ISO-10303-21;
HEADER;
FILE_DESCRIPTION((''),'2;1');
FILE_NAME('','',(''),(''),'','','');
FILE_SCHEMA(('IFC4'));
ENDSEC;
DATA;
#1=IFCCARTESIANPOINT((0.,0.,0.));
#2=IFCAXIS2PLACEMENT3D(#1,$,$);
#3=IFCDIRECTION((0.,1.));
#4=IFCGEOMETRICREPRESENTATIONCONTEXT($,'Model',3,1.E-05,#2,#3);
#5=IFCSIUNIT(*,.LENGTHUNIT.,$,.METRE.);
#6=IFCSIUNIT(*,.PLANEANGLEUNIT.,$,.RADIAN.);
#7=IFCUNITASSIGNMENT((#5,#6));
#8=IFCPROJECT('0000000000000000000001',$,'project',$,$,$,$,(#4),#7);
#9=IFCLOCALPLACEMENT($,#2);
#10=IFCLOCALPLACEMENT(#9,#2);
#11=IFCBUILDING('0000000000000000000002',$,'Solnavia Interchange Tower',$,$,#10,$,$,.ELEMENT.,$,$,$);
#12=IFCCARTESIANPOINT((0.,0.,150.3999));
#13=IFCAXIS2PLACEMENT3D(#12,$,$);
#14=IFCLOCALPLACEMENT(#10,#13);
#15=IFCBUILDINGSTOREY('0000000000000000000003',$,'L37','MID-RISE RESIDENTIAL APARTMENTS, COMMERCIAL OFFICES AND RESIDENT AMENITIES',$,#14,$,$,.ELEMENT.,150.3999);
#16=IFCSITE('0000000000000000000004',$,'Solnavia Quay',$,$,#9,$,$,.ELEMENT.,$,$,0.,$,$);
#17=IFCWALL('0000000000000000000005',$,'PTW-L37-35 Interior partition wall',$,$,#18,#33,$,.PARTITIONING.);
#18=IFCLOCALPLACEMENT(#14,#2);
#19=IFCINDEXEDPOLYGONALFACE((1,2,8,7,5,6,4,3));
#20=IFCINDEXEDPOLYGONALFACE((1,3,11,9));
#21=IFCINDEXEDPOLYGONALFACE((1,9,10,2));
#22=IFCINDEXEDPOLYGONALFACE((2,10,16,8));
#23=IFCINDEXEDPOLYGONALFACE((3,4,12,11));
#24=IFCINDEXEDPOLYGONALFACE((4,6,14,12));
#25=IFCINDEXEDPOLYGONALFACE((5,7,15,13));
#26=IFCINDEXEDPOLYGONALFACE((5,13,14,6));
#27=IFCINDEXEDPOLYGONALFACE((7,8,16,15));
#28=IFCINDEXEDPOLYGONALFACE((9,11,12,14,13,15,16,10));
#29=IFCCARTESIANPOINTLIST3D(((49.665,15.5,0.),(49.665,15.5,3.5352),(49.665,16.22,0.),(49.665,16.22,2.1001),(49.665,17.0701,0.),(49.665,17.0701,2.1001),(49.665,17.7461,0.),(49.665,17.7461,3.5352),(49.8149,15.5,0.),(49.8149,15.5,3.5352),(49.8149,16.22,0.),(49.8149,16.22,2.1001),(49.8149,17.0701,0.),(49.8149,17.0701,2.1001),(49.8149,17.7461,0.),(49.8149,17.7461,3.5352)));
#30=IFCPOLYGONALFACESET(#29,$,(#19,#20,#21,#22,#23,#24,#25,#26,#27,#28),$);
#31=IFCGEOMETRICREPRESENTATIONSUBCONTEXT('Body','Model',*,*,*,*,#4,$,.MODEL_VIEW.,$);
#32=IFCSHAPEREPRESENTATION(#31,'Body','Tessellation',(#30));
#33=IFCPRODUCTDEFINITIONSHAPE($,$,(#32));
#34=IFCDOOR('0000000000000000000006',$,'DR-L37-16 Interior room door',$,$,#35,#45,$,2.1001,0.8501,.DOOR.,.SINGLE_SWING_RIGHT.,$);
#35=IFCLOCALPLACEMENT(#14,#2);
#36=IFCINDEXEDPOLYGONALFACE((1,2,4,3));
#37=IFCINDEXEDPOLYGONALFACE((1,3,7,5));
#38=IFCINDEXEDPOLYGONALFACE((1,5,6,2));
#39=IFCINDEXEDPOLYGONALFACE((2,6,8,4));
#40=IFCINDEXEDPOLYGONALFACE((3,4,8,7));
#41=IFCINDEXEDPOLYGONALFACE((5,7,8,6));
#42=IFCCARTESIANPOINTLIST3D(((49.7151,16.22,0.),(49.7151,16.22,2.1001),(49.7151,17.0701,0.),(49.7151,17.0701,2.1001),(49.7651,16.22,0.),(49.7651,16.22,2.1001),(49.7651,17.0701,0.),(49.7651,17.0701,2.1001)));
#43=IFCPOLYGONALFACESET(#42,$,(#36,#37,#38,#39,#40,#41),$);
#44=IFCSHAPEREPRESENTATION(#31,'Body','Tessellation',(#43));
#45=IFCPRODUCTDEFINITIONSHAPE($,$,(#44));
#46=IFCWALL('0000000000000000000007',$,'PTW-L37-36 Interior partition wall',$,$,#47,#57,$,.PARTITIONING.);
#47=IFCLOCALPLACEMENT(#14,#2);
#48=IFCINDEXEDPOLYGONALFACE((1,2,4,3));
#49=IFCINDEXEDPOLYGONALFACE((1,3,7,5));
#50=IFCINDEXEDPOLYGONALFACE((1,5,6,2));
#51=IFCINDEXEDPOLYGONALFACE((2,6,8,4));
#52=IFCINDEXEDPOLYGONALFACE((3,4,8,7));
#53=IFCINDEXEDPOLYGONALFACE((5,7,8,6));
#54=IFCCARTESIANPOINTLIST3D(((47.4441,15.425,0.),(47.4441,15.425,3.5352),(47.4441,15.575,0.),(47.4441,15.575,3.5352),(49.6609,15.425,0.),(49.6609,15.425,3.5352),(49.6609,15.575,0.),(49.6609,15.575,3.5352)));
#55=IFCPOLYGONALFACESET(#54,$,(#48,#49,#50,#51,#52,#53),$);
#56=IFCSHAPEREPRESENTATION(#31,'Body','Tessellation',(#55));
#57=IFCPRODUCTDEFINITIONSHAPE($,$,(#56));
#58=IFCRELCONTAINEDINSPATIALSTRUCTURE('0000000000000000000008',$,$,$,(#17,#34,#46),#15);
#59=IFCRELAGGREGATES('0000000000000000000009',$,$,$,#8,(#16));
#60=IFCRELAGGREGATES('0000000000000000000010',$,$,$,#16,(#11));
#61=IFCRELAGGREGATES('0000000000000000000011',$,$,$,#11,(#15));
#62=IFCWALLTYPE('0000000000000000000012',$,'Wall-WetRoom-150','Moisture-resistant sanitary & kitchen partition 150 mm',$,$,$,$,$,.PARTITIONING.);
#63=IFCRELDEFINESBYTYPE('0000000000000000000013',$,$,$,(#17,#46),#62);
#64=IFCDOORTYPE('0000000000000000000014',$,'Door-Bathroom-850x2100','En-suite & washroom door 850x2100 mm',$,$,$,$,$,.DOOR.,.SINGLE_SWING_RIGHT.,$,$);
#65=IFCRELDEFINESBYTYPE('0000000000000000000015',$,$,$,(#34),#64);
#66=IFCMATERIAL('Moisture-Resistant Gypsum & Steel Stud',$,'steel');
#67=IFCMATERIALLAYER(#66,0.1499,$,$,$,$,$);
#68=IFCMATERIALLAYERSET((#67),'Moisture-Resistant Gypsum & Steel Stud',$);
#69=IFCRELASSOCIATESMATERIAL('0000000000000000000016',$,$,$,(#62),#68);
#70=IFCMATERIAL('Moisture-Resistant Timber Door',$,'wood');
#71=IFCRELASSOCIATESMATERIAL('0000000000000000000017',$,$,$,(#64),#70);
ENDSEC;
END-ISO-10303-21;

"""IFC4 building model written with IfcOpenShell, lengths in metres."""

from ifc_helpers import new_model, si_unit, direction, frame, frame_2d, origin, place, context, subcontext, project, spatial, rectangle, extrude, material, layer, layer_set, type_object, element, fill, save


model = new_model("IFC4")

# Units and contexts
model_context = context("Model", 3, precision=1e-05, world=origin(), true_north=direction((0.0, 1.0)))
body_context = subcontext(model_context, "Body", "Model", "MODEL_VIEW")
ifc_project = project(units=[si_unit("LENGTHUNIT", "METRE"), si_unit("PLANEANGLEUNIT", "RADIAN")], contexts=[model_context])

# Site, building, storey
site_placement = place(None, origin())
site = spatial("IfcSite", under=ifc_project, at=site_placement, Name="Solnavia Quay", CompositionType="ELEMENT", RefElevation=0.0)
building_placement = place(site_placement, origin())
building = spatial("IfcBuilding", under=site, at=building_placement, Name="Solnavia Interchange Tower", CompositionType="ELEMENT")
storey_placement = place(building_placement, frame((0.0, 0.0, 150.3999)))
storey = spatial("IfcBuildingStorey", under=building, at=storey_placement, Name="L37", Description="MID-RISE RESIDENTIAL APARTMENTS, COMMERCIAL OFFICES AND RESIDENT AMENITIES", CompositionType="ELEMENT", Elevation=150.3999)

# Wall, opening, door
ifc_material_1 = material(Name="Moisture-Resistant Gypsum & Steel Stud", Category="steel")
ifc_layer_1 = layer(ifc_material_1, 0.1499)
ifc_layer_set_1 = layer_set([ifc_layer_1], Name="Moisture-Resistant Gypsum & Steel Stud")
wall_type_1 = type_object("IfcWallType", Name="Wall-WetRoom-150", Description="Moisture-resistant sanitary & kitchen partition 150 mm", PredefinedType="PARTITIONING", material=ifc_layer_set_1)
wall_1_placement = place(storey_placement, frame((49.74, 15.5, 0.0), z_axis=(0.0, 0.0, 1.0), x_axis=(0.0, 1.0, 0.0)))
wall_1 = element("IfcWall", 1, at=wall_1_placement, inside=storey, type_object=wall_type_1, Name="PTW-L37-35 Interior partition wall", PredefinedType="PARTITIONING", context=body_context, shape_type="SweptSolid", body=[
    extrude(rectangle(XDim=2.2461, YDim=0.1499, at=frame_2d((1.123, 0.0))), origin(), (0.0, 0.0, 1.0), 3.5352),
])
opening_1_placement = place(wall_1_placement, frame((0.72, 0.0, 0.0)))
opening_1 = element("IfcOpeningElement", 2, at=opening_1_placement, cuts=wall_1, PredefinedType="OPENING", context=body_context, shape_type="SweptSolid", body=[
    extrude(rectangle(XDim=0.8501, YDim=2.1001, at=frame_2d((0.425, 1.05))), frame((0.0, 0.085, 0.0), z_axis=(0.0, -1.0, 0.0), x_axis=(1.0, 0.0, 0.0)), (0.0, 0.0, 1.0), 0.1699),
])
ifc_material_2 = material(Name="Moisture-Resistant Timber Door", Category="wood")
door_type_1 = type_object("IfcDoorType", Name="Door-Bathroom-850x2100", Description="En-suite & washroom door 850x2100 mm", OperationType="SINGLE_SWING_RIGHT", PredefinedType="DOOR", material=ifc_material_2)
door_1_placement = place(opening_1_placement, origin())
door_1 = element("IfcDoor", 3, at=door_1_placement, inside=storey, type_object=door_type_1, Name="DR-L37-16 Interior room door", OperationType="SINGLE_SWING_RIGHT", OverallHeight=2.1001, OverallWidth=0.8501, PredefinedType="DOOR", context=body_context, shape_type="SweptSolid", body=[
    extrude(rectangle(XDim=0.8501, YDim=2.1001, at=frame_2d((0.425, 1.05))), frame((0.0, 0.0249, 0.0), z_axis=(0.0, -1.0, 0.0), x_axis=(1.0, 0.0, 0.0)), (0.0, 0.0, 1.0), 0.05),
])
fill(opening_1, door_1)

# Wall
wall_2_placement = place(storey_placement, frame((47.4441, 15.5, 0.0), z_axis=(0.0, 0.0, 1.0), x_axis=(1.0, 0.0, 0.0)))
element("IfcWall", 4, at=wall_2_placement, inside=storey, type_object=wall_type_1, Name="PTW-L37-36 Interior partition wall", PredefinedType="PARTITIONING", context=body_context, shape_type="SweptSolid", body=[
    extrude(rectangle(XDim=2.2168, YDim=0.1499, at=frame_2d((1.1084, 0.0))), origin(), (0.0, 0.0, 1.0), 3.5352),
])

save(model, "model.ifc")
